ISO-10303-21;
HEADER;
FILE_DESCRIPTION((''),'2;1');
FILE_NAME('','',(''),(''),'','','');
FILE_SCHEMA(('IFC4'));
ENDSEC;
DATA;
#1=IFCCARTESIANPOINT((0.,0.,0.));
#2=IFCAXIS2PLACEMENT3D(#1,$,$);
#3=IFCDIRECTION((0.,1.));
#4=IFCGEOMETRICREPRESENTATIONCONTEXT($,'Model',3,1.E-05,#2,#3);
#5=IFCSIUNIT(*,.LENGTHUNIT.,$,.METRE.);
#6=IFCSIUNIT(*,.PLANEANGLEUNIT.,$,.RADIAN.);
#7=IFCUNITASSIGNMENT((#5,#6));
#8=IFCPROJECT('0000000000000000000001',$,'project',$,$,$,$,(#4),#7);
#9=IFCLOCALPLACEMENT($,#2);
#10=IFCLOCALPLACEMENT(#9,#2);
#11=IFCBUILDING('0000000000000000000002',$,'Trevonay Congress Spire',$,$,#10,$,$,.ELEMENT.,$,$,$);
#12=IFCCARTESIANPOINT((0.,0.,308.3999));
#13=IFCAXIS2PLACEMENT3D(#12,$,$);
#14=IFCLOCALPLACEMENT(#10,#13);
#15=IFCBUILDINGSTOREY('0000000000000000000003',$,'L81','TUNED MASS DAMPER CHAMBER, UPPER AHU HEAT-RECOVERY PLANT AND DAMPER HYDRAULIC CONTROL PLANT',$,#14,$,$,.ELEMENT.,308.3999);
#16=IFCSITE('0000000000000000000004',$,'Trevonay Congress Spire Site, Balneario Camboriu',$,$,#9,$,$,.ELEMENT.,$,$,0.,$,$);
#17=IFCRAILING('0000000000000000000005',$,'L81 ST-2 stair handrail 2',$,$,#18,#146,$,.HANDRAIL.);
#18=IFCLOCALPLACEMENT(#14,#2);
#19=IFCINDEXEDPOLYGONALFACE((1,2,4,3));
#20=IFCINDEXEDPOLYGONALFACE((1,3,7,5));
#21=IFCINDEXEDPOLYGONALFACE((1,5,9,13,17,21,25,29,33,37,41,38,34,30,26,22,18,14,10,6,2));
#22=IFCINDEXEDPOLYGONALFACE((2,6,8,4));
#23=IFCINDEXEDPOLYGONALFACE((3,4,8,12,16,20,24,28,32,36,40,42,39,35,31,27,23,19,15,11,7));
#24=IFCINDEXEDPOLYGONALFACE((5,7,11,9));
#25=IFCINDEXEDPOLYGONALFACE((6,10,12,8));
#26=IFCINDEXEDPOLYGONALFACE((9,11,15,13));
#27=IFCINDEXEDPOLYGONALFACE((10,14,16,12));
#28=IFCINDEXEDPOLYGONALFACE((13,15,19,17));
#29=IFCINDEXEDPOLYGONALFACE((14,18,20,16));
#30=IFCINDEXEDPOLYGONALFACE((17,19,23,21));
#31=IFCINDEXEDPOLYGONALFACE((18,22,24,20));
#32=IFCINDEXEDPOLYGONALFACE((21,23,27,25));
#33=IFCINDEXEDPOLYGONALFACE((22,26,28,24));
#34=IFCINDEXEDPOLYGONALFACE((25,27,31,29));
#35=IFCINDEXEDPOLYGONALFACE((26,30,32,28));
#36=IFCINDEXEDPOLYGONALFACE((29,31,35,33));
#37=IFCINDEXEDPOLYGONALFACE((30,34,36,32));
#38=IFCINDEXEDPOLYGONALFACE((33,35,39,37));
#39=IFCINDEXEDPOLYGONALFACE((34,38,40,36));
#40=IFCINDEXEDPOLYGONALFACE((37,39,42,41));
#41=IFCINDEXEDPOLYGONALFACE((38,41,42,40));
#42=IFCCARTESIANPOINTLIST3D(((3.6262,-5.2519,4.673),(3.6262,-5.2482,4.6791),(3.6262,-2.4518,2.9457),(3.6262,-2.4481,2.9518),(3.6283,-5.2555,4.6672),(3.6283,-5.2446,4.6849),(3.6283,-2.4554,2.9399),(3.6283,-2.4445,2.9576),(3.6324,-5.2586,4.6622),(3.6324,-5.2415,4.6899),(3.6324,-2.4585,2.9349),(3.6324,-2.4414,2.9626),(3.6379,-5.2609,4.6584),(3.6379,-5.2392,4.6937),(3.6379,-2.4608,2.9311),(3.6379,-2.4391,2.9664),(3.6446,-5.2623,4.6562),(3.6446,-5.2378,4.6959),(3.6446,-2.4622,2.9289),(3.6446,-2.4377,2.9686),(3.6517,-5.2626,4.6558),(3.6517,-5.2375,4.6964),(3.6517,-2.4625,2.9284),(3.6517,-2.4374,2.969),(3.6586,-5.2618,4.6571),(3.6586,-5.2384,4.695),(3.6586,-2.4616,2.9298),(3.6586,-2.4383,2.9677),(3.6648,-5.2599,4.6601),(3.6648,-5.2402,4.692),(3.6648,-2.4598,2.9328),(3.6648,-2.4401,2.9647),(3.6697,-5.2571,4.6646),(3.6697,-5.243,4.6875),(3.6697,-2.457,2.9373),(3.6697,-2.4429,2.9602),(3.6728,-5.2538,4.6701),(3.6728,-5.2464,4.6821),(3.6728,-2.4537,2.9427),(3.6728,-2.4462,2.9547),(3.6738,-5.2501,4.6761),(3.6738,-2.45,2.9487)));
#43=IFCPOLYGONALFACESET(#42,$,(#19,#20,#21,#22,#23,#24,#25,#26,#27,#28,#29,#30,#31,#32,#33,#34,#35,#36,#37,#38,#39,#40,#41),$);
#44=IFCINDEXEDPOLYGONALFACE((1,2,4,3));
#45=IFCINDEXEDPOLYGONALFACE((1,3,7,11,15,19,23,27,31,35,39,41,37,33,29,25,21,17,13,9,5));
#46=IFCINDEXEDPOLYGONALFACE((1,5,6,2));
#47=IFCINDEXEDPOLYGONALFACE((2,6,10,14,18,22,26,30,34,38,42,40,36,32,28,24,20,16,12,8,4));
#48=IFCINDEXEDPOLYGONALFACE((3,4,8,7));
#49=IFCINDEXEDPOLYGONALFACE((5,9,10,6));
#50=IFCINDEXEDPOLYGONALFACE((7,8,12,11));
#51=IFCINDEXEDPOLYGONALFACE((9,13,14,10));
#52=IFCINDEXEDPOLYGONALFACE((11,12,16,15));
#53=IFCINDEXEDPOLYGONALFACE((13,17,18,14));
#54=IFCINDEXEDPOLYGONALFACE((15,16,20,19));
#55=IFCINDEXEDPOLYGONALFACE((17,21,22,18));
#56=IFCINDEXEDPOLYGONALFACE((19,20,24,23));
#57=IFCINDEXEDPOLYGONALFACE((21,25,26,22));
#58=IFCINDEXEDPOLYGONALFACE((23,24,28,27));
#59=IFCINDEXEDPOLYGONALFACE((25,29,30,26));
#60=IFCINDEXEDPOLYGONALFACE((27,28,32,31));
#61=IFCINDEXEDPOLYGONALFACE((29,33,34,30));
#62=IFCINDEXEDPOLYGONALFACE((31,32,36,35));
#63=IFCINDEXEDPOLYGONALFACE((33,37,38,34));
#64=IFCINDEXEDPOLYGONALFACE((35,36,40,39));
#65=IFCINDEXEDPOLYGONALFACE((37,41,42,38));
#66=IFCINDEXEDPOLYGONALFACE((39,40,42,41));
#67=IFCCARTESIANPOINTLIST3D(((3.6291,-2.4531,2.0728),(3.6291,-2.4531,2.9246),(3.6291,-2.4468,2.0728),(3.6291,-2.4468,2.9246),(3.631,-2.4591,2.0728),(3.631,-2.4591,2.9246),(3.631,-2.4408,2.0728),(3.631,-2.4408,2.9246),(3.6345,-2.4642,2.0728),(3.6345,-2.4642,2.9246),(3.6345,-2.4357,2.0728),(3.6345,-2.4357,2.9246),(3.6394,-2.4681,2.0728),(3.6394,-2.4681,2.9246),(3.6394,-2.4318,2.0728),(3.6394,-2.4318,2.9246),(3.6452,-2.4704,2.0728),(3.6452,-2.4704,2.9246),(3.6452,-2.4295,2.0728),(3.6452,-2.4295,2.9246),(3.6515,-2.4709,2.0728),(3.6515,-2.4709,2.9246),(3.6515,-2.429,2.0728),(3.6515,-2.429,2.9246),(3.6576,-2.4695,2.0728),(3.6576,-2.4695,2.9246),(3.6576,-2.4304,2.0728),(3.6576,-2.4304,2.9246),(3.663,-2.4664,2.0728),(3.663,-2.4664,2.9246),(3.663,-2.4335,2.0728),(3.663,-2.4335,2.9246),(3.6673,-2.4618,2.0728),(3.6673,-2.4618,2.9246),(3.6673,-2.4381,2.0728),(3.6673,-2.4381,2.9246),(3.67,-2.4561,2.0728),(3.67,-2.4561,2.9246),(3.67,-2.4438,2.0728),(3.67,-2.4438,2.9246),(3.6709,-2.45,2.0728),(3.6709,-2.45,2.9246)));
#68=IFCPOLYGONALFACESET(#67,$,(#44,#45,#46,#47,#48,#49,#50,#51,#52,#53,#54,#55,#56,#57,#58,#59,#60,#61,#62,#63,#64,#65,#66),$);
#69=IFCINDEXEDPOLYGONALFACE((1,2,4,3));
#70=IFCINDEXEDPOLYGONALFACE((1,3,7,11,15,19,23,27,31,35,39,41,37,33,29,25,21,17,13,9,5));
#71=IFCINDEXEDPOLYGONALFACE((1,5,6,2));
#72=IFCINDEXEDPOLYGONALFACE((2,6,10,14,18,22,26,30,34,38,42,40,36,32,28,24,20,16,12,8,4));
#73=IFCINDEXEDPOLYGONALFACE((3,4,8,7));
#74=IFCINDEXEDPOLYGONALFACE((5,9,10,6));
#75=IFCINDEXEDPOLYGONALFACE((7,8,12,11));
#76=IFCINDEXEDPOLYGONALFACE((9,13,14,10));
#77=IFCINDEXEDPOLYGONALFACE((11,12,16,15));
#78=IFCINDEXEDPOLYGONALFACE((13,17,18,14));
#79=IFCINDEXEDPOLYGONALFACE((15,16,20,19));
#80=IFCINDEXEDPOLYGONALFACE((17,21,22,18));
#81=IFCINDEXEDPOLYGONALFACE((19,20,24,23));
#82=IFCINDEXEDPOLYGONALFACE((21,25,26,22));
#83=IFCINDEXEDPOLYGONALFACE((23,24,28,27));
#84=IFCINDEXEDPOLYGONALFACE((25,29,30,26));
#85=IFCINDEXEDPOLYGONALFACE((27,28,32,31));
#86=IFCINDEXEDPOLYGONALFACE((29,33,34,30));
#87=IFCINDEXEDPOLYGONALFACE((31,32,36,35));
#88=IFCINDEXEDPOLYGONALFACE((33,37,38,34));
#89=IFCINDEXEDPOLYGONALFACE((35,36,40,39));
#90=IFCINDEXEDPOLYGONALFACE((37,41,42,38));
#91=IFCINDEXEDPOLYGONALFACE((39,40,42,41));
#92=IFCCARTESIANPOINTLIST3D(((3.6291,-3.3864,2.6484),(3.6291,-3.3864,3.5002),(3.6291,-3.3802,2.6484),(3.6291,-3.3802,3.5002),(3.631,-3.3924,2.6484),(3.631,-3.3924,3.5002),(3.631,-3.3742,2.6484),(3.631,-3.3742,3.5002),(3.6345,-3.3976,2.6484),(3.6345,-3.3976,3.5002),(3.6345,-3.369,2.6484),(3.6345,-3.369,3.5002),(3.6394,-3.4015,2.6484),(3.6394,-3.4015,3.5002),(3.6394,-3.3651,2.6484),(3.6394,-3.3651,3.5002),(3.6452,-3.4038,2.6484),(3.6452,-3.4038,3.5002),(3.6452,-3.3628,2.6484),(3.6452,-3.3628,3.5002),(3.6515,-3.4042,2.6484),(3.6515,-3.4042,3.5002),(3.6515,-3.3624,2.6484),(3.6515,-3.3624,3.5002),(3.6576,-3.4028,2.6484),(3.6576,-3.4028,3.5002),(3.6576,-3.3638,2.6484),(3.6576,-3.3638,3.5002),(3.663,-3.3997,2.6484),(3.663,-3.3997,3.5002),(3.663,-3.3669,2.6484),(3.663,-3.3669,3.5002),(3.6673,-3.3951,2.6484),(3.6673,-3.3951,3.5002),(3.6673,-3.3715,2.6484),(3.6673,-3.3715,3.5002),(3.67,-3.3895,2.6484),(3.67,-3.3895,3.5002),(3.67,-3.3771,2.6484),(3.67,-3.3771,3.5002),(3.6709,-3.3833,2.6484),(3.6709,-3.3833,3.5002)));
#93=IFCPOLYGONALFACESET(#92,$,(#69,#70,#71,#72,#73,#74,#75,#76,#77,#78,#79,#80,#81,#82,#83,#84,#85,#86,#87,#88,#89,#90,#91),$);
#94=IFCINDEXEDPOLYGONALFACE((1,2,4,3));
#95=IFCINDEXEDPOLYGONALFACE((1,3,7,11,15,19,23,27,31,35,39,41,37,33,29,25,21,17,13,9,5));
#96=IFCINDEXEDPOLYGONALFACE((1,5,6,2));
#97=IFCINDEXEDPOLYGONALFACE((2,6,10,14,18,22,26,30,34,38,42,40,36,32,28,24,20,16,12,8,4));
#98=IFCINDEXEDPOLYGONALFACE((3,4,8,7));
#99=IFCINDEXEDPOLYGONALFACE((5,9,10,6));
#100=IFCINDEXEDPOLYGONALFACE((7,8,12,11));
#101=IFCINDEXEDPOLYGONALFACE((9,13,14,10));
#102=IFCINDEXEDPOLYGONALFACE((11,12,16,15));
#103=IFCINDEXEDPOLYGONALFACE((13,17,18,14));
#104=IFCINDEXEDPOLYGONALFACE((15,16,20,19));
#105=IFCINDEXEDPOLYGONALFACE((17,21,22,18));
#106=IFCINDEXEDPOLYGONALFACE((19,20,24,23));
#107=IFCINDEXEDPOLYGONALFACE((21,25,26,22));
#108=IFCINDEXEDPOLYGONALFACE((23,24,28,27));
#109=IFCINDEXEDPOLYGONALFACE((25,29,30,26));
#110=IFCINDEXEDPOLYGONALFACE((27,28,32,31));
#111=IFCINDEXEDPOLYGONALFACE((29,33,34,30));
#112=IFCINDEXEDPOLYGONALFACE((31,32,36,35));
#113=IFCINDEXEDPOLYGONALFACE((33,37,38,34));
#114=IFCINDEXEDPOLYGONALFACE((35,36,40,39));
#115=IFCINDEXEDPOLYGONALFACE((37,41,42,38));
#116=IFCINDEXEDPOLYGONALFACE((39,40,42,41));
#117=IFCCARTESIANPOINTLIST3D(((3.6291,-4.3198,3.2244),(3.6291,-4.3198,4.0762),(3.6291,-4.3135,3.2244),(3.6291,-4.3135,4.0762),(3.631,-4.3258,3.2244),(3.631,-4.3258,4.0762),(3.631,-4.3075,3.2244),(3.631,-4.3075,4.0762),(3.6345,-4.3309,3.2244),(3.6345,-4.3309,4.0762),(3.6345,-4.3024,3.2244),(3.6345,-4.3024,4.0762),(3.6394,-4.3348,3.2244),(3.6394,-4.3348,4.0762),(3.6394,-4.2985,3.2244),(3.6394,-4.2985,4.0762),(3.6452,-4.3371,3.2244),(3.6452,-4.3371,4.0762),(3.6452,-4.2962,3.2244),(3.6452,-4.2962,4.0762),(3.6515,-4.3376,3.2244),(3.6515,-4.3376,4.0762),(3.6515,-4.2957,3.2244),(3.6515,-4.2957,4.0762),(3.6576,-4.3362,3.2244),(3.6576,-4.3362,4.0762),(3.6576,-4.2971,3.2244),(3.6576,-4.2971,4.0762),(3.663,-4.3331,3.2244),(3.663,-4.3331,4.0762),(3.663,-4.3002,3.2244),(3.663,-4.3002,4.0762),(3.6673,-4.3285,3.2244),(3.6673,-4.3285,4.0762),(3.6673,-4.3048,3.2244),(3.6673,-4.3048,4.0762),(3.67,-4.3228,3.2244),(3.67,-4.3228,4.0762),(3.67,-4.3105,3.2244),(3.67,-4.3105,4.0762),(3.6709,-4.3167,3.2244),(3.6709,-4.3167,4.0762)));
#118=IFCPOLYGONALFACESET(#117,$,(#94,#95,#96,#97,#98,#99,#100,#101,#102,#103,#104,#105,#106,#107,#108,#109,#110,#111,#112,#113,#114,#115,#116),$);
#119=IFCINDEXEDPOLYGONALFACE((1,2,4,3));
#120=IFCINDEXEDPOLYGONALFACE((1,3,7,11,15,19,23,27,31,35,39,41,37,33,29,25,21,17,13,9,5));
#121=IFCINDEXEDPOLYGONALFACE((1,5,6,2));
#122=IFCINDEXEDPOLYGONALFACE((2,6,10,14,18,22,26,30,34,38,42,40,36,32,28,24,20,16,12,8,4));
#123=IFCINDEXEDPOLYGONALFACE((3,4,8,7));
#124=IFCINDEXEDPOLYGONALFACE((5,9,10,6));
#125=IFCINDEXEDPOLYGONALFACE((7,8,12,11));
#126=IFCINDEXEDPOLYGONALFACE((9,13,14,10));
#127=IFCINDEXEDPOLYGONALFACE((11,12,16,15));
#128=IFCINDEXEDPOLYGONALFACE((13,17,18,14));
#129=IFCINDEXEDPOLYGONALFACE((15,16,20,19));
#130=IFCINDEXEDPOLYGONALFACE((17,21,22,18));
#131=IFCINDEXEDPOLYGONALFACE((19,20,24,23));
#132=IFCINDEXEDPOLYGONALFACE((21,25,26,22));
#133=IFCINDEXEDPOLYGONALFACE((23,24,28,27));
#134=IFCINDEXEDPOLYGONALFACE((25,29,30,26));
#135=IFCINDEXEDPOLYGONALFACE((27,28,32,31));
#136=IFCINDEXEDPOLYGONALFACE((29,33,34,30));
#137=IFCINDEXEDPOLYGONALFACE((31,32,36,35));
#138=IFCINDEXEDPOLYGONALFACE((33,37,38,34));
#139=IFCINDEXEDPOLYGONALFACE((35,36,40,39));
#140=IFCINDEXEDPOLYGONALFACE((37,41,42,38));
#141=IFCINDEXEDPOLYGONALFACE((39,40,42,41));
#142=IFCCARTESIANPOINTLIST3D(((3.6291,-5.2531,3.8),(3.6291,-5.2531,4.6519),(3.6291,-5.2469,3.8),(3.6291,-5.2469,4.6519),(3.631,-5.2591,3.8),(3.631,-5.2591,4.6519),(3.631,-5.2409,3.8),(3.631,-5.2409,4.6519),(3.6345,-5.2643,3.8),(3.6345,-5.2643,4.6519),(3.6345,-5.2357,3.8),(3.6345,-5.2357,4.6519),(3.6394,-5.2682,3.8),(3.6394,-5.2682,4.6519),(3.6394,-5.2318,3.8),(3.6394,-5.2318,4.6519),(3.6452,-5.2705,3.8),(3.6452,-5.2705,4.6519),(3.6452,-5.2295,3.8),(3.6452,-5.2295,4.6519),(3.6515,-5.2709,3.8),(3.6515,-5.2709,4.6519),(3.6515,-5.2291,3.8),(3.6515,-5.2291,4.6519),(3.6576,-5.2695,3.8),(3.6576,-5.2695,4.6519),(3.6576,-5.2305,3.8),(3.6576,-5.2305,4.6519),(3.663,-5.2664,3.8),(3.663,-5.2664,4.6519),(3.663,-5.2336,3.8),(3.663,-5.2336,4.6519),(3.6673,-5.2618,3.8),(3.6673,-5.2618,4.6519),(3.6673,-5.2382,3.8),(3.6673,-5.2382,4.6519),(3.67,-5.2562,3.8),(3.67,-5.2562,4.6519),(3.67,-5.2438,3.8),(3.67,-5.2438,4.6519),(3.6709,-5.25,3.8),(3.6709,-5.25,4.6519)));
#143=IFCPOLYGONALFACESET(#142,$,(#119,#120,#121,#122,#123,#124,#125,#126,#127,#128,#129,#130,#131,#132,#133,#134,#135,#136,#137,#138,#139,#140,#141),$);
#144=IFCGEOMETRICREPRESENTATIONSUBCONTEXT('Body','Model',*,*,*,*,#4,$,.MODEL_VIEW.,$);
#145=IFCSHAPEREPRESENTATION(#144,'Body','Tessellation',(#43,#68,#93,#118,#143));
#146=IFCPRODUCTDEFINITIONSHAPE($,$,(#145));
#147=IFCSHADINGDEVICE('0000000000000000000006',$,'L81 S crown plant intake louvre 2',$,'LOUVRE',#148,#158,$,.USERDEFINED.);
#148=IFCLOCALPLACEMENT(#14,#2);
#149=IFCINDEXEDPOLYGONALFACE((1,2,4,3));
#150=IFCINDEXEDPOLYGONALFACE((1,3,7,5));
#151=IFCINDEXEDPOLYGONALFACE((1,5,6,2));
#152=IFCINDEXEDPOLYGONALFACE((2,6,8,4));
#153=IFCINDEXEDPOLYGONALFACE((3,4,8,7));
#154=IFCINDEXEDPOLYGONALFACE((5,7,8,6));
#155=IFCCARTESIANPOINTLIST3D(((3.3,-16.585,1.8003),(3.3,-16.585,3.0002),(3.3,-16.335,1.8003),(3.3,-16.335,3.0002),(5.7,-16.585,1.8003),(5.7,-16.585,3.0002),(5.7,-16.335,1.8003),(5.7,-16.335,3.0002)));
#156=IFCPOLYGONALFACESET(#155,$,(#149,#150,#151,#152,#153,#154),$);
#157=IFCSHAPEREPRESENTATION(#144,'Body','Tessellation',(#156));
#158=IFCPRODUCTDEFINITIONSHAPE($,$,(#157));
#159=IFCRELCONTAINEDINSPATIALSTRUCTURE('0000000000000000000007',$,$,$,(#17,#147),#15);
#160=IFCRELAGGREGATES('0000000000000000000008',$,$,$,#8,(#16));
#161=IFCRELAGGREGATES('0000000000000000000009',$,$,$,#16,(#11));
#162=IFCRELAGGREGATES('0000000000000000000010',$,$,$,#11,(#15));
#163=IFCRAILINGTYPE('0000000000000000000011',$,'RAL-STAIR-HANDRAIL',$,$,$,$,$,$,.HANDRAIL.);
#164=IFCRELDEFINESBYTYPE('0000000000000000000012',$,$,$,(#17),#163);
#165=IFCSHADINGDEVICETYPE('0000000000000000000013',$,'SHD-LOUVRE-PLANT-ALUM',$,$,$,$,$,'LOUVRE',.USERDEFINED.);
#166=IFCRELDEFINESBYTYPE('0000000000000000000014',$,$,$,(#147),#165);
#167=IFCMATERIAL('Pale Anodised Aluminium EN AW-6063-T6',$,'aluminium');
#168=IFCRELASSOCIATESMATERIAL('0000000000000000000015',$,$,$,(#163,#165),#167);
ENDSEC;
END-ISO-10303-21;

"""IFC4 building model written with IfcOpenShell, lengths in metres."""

from ifc_helpers import new_model, si_unit, direction, frame, origin, origin_2d, place, context, subcontext, project, spatial, rectangle, circle, extrude, material, type_object, element, save


model = new_model("IFC4")

# Units and contexts
model_context = context("Model", 3, precision=1e-05, world=origin(), true_north=direction((0.0, 1.0)))
body_context = subcontext(model_context, "Body", "Model", "MODEL_VIEW")
ifc_project = project(units=[si_unit("LENGTHUNIT", "METRE"), si_unit("PLANEANGLEUNIT", "RADIAN")], contexts=[model_context])

# Site, building, storey
site_placement = place(None, origin())
site = spatial("IfcSite", under=ifc_project, at=site_placement, Name="Trevonay Congress Spire Site, Balneario Camboriu", CompositionType="ELEMENT", RefElevation=0.0)
building_placement = place(site_placement, origin())
building = spatial("IfcBuilding", under=site, at=building_placement, Name="Trevonay Congress Spire", CompositionType="ELEMENT")
storey_placement = place(building_placement, frame((0.0, 0.0, 308.3999)))
storey = spatial("IfcBuildingStorey", under=building, at=storey_placement, Name="L81", Description="TUNED MASS DAMPER CHAMBER, UPPER AHU HEAT-RECOVERY PLANT AND DAMPER HYDRAULIC CONTROL PLANT", CompositionType="ELEMENT", Elevation=308.3999)

# Shared definitions
ifc_material_1 = material(Name="Pale Anodised Aluminium EN AW-6063-T6", Category="aluminium")

# Railing
railing_type_1 = type_object("IfcRailingType", Name="RAL-STAIR-HANDRAIL", PredefinedType="HANDRAIL", material=ifc_material_1)
railing_1_placement = place(storey_placement, frame((3.6499, -2.45, 2.0728)))
element("IfcRailing", 1, at=railing_1_placement, inside=storey, type_object=railing_type_1, Name="L81 ST-2 stair handrail 2", PredefinedType="HANDRAIL", context=body_context, shape_type="SweptSolid", body=[
    extrude(circle(Radius=0.0239, at=origin_2d()), frame((0.0, 0.0, 0.876), z_axis=(0.0, -0.85109, 0.52502), x_axis=(1.0, 0.0, 0.0)), (0.0, 0.0, 1.0), 3.29),
    extrude(circle(Radius=0.021, at=origin_2d()), origin(), (0.0, 0.0, 1.0), 0.8518),
    extrude(circle(Radius=0.021, at=origin_2d()), frame((0.0, -0.9333, 0.5757)), (0.0, 0.0, 1.0), 0.8518),
    extrude(circle(Radius=0.021, at=origin_2d()), frame((0.0, -1.8667, 1.1516)), (0.0, 0.0, 1.0), 0.8518),
    extrude(circle(Radius=0.021, at=origin_2d()), frame((0.0, -2.8, 1.7273)), (0.0, 0.0, 1.0), 0.8518),
])

# Shading device
shading_device_type = type_object("IfcShadingDeviceType", Name="SHD-LOUVRE-PLANT-ALUM", ElementType="LOUVRE", PredefinedType="USERDEFINED", material=ifc_material_1)
shading_device_placement = place(storey_placement, frame((4.5, -16.46, 1.8003), z_axis=(0.0, 0.0, 1.0), x_axis=(1.0, 0.0, 0.0)))
element("IfcShadingDevice", 2, at=shading_device_placement, inside=storey, type_object=shading_device_type, Name="L81 S crown plant intake louvre 2", ObjectType="LOUVRE", PredefinedType="USERDEFINED", context=body_context, shape_type="SweptSolid", body=[
    extrude(rectangle(XDim=2.3999, YDim=0.25, at=origin_2d()), origin(), (0.0, 0.0, 1.0), 1.2),
])

save(model, "model.ifc")
